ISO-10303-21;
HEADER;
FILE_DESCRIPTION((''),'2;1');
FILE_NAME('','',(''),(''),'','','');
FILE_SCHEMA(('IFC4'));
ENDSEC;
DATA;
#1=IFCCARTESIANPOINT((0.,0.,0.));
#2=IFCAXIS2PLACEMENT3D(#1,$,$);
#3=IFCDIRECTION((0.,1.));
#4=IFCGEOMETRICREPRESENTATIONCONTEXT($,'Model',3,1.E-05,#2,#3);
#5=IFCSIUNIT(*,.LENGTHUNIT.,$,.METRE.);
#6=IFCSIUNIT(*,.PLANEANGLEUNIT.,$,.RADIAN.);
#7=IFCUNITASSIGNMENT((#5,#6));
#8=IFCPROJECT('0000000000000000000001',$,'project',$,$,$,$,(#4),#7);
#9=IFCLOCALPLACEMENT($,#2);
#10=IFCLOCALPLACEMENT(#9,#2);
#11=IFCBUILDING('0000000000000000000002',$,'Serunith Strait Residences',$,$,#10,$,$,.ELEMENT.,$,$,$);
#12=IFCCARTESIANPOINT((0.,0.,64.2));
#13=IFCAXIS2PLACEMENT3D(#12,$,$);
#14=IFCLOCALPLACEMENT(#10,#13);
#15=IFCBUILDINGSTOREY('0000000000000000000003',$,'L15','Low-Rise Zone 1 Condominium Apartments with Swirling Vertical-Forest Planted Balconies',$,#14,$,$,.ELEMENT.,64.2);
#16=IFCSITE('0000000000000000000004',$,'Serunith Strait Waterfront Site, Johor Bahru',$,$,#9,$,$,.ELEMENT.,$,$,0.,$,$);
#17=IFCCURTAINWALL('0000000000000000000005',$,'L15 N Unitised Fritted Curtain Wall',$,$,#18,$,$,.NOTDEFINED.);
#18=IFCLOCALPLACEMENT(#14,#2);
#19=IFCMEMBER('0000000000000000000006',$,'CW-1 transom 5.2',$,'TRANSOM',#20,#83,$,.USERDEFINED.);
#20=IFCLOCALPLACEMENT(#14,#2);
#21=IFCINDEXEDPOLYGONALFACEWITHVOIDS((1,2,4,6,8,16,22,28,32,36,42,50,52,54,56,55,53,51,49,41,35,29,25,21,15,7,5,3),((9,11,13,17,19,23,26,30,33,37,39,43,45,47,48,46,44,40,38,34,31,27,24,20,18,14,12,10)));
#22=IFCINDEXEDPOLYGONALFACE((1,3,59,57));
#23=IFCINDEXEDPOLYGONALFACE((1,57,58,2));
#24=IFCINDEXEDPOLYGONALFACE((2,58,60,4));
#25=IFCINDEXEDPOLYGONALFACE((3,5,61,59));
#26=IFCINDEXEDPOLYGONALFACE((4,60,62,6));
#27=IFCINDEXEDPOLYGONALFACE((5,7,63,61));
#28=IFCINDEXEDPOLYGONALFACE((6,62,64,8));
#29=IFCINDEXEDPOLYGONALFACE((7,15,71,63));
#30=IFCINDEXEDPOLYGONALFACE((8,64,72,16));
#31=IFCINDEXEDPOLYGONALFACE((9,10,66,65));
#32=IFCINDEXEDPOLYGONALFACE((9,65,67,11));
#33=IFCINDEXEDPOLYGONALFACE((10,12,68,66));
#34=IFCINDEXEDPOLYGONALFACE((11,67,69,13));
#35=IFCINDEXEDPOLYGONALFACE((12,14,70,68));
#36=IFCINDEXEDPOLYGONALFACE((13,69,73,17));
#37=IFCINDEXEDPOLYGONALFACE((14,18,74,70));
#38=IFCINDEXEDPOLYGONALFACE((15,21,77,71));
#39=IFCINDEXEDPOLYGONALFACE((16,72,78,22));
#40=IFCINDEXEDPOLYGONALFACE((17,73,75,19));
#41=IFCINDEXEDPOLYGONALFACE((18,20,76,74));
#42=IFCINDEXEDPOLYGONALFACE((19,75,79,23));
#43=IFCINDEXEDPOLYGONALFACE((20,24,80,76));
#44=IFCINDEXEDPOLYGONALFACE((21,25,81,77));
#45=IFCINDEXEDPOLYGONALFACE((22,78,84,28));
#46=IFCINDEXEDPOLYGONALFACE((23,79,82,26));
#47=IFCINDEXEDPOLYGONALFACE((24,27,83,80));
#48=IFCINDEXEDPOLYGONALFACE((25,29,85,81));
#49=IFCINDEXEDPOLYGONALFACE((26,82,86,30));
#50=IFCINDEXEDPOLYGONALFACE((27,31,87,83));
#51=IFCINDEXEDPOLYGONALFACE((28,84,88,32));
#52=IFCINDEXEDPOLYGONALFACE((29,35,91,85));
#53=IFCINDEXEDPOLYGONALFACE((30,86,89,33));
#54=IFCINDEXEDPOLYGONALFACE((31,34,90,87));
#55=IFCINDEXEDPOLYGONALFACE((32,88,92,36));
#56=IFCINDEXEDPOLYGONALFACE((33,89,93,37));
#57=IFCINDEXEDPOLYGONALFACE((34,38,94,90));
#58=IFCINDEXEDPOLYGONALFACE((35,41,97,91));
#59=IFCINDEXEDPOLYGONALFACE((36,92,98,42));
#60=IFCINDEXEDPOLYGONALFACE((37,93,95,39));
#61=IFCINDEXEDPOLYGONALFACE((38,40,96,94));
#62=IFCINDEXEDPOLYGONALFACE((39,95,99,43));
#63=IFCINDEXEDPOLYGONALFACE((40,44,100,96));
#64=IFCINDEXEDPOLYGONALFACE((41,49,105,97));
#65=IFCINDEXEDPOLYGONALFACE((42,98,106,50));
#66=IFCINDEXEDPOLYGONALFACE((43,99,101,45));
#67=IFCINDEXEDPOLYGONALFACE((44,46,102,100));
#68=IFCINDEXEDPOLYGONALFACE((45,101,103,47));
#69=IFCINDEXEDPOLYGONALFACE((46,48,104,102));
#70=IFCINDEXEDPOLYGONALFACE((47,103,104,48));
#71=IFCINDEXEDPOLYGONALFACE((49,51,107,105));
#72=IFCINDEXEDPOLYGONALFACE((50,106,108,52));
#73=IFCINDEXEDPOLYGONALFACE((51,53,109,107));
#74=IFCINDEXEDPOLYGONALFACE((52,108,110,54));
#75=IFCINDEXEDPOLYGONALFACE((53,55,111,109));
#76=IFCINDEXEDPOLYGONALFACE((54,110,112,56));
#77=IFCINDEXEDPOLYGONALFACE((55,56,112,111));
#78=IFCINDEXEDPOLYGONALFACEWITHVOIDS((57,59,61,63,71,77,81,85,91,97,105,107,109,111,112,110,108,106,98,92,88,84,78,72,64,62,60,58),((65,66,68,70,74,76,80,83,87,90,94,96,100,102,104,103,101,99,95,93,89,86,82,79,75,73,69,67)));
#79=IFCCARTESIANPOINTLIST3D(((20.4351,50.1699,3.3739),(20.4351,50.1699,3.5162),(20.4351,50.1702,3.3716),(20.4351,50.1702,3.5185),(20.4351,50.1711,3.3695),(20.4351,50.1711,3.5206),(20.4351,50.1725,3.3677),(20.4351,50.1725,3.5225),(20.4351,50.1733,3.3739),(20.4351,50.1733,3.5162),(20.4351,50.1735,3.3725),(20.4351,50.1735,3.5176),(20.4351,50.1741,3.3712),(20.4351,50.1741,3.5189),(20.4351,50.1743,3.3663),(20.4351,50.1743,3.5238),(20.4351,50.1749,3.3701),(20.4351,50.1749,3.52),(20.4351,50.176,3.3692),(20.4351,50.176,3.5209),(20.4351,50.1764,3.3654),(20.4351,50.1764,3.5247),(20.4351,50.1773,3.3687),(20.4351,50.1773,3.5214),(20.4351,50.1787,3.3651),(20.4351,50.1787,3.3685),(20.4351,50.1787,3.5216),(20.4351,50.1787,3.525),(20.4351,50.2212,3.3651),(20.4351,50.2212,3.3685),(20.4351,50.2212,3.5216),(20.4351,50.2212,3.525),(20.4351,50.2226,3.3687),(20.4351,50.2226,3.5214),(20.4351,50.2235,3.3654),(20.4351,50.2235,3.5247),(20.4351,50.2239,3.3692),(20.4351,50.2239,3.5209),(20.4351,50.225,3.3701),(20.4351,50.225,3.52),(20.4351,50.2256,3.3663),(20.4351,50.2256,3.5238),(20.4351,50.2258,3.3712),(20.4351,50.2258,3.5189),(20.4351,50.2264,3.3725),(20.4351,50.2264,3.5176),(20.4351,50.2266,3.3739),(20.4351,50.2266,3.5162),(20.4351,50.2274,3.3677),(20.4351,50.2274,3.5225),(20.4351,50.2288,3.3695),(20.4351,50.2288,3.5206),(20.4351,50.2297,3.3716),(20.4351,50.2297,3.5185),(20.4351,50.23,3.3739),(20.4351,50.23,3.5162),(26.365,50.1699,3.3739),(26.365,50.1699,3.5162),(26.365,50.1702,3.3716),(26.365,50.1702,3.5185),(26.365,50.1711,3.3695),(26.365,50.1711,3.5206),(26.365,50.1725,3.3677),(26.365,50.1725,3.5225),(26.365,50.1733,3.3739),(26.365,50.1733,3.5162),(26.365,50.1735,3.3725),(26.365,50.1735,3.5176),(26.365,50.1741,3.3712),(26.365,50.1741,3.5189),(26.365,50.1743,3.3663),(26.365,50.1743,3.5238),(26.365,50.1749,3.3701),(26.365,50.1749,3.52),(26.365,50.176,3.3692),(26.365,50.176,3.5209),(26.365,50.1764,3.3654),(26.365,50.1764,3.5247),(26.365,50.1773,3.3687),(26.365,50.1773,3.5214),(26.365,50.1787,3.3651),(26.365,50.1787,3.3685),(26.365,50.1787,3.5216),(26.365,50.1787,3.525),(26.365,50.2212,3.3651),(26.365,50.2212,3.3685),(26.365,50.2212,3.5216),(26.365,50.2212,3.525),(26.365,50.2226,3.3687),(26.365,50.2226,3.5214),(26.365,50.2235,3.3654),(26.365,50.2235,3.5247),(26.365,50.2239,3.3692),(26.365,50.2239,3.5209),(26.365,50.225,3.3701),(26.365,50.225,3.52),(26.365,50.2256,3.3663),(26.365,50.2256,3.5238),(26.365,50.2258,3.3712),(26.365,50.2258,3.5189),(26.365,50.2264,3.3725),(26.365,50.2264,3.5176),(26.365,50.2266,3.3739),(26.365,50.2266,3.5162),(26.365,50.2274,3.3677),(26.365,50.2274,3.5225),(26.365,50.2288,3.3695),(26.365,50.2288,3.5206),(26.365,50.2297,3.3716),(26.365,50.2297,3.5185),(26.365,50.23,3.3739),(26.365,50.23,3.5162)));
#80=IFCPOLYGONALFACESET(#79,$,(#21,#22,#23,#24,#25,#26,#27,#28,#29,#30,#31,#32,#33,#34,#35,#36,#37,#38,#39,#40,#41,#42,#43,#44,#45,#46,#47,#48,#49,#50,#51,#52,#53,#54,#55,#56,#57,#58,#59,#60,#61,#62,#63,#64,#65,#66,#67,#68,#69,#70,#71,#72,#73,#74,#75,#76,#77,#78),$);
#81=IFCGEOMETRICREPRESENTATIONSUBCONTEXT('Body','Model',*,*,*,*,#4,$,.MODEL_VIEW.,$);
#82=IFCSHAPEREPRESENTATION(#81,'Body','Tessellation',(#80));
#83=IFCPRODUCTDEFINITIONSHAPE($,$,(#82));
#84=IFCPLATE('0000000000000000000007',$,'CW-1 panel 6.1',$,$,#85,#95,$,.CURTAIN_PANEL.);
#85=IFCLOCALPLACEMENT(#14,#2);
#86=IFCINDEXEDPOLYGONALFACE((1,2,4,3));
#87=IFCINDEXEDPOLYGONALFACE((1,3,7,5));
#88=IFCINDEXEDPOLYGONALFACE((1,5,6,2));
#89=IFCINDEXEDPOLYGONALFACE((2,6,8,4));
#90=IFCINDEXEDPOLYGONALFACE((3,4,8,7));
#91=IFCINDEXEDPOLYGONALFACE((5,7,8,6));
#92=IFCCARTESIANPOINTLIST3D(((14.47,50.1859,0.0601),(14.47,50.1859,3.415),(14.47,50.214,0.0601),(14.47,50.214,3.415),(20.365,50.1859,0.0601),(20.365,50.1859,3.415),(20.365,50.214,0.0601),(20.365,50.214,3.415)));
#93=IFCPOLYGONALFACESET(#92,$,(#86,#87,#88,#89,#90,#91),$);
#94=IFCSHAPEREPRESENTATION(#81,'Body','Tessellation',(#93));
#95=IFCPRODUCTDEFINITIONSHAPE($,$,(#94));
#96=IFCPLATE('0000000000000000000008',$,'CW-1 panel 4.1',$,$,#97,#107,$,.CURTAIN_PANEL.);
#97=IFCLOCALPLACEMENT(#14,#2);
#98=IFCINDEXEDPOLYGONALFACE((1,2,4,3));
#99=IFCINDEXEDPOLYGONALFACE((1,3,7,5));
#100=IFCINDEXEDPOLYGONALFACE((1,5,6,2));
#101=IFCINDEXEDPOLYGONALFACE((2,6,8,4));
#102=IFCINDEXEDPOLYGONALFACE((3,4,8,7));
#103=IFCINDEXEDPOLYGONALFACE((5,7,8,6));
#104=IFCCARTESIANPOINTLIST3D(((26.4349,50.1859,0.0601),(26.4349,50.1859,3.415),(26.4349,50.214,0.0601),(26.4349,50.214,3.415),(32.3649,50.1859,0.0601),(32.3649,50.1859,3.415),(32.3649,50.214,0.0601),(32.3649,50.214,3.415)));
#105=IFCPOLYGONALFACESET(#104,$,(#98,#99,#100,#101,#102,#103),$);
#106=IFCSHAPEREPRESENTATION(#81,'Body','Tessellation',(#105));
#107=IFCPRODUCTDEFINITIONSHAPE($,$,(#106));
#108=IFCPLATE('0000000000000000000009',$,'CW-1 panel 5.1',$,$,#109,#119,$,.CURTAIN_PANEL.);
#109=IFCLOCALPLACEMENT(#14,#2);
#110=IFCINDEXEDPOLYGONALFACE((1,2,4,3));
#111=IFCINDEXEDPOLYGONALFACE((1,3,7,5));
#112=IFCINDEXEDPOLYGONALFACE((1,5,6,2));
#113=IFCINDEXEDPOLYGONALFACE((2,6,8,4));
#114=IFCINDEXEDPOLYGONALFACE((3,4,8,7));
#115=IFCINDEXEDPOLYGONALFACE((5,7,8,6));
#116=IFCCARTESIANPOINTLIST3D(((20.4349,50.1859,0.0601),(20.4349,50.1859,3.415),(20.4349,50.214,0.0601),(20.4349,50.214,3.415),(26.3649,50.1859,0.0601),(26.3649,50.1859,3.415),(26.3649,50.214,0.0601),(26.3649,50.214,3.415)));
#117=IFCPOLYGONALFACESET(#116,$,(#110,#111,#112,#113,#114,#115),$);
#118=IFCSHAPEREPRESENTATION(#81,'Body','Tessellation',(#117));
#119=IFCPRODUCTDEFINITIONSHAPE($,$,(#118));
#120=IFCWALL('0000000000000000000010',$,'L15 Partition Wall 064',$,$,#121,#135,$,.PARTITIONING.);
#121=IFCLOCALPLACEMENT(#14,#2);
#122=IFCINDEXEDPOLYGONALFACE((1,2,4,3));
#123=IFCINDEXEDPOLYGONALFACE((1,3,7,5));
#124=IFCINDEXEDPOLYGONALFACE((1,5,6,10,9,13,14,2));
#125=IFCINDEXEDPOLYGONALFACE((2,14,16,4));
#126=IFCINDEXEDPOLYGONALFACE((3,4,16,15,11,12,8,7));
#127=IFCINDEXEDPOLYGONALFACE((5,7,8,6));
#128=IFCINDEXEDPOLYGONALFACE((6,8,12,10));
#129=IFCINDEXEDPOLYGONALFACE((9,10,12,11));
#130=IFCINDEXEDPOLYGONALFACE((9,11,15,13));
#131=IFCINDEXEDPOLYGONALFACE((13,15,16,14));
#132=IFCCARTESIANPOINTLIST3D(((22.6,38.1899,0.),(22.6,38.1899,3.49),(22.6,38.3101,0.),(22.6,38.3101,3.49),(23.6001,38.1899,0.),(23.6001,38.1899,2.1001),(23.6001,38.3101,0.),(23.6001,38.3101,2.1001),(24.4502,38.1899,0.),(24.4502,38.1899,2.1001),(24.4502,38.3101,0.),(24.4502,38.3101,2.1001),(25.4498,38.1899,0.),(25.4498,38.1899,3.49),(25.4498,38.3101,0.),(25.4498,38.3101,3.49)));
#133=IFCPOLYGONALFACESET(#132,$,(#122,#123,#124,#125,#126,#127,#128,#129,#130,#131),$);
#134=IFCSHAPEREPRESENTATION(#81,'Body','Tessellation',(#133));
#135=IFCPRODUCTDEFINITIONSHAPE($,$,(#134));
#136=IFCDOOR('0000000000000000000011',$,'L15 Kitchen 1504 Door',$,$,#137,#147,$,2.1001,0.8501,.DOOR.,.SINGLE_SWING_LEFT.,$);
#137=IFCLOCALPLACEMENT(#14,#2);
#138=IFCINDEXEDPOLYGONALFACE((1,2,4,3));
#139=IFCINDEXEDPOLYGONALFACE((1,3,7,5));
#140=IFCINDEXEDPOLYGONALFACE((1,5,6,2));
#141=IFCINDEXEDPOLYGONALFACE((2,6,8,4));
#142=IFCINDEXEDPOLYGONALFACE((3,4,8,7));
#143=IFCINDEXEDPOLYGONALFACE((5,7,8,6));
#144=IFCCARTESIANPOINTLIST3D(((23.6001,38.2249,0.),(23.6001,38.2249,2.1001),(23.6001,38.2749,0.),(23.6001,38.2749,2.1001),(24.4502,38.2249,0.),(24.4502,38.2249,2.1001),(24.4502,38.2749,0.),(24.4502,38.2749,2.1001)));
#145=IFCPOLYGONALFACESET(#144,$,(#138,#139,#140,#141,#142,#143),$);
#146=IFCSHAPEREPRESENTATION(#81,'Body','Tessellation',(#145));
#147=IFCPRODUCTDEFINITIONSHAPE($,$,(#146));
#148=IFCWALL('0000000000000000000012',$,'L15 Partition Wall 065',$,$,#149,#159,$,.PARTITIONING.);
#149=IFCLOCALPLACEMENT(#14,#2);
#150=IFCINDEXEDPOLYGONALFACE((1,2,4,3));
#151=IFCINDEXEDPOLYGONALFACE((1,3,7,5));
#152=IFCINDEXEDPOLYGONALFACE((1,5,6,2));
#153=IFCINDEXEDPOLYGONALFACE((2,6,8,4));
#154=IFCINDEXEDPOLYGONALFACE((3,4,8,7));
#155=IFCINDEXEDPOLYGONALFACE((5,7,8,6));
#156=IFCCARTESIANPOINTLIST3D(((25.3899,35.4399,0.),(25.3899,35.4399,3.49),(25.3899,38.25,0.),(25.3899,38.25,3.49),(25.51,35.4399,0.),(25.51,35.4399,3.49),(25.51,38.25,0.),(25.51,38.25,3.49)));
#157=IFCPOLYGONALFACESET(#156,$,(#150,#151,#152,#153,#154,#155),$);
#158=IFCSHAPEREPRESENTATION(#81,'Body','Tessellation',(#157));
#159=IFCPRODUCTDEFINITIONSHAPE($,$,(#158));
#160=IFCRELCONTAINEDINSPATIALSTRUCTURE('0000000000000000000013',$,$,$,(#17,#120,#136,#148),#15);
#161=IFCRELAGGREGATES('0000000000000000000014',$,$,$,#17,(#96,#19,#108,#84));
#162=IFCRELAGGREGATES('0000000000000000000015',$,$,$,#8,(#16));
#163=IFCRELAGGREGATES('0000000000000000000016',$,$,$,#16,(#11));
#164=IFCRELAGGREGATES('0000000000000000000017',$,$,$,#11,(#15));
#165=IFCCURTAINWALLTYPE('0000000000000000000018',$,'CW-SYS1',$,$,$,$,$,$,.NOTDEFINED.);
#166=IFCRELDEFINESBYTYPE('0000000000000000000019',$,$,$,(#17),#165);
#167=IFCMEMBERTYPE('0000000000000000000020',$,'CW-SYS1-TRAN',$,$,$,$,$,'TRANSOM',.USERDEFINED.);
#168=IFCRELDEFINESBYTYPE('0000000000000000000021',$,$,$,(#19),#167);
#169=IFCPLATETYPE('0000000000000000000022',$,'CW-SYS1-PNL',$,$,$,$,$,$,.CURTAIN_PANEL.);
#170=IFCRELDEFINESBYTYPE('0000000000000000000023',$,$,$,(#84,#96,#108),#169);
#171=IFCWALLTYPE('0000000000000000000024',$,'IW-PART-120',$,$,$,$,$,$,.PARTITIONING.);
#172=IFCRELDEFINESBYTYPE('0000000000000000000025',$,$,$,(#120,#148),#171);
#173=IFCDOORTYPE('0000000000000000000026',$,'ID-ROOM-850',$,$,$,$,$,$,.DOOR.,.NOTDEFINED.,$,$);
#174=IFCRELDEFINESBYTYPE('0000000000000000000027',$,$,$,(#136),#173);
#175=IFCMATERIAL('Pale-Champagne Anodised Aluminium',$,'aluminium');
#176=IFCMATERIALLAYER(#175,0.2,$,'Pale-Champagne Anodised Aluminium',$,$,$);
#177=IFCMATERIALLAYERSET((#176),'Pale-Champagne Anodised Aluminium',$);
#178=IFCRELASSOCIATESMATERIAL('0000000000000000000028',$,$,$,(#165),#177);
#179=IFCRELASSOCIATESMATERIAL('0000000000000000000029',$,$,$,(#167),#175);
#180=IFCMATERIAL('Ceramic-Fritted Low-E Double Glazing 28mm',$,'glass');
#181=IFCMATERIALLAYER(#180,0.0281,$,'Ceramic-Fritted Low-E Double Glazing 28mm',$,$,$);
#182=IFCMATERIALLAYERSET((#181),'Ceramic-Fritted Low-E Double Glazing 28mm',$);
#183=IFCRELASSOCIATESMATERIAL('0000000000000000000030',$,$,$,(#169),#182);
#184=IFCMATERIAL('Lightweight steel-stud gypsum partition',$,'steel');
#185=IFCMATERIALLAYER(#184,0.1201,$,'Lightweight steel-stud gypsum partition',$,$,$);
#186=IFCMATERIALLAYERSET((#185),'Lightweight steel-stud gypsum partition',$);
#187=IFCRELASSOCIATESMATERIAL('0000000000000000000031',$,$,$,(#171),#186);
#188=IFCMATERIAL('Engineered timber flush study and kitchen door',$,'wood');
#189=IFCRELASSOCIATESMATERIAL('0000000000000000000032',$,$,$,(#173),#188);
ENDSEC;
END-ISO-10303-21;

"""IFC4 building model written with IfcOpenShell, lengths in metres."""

from ifc_helpers import new_model, si_unit, direction, frame, frame_2d, origin, origin_2d, place, context, subcontext, project, spatial, rectangle, hollow_rectangle, extrude, source, transform, mapped, material, layer, layer_set, material_profile, profile_set, type_object, element, fill, aggregate, save


model = new_model("IFC4")

# Units and contexts
model_context = context("Model", 3, precision=1e-05, world=origin(), true_north=direction((0.0, 1.0)))
body_context = subcontext(model_context, "Body", "Model", "MODEL_VIEW")
ifc_project = project(units=[si_unit("LENGTHUNIT", "METRE"), si_unit("PLANEANGLEUNIT", "RADIAN")], contexts=[model_context])

# Site, building, storey
site_placement = place(None, origin())
site = spatial("IfcSite", under=ifc_project, at=site_placement, Name="Serunith Strait Waterfront Site, Johor Bahru", CompositionType="ELEMENT", RefElevation=0.0)
building_placement = place(site_placement, origin())
building = spatial("IfcBuilding", under=site, at=building_placement, Name="Serunith Strait Residences", CompositionType="ELEMENT")
storey_placement = place(building_placement, frame((0.0, 0.0, 64.2)))
storey = spatial("IfcBuildingStorey", under=building, at=storey_placement, Name="L15", Description="Low-Rise Zone 1 Condominium Apartments with Swirling Vertical-Forest Planted Balconies", CompositionType="ELEMENT", Elevation=64.2)

# Curtain wall, member, plates
ifc_material_1 = material(Name="Pale-Champagne Anodised Aluminium", Category="aluminium")
ifc_layer_1 = layer(ifc_material_1, 0.2, Name="Pale-Champagne Anodised Aluminium")
ifc_layer_set_1 = layer_set([ifc_layer_1], Name="Pale-Champagne Anodised Aluminium")
curtain_wall_type = type_object("IfcCurtainWallType", Name="CW-SYS1", PredefinedType="NOTDEFINED", material=ifc_layer_set_1)
curtain_wall_placement = place(storey_placement, origin())
curtain_wall = element("IfcCurtainWall", 1, at=curtain_wall_placement, inside=storey, type_object=curtain_wall_type, Name="L15 N Unitised Fritted Curtain Wall", PredefinedType="NOTDEFINED")
ifc_material_profile_1 = material_profile(ifc_material_1, hollow_rectangle(XDim=0.0601, YDim=0.1599, WallThickness=0.0034, InnerFilletRadius=0.0054, OuterFilletRadius=0.0088, at=origin_2d()), Name="ALU 160x60x3.5")
ifc_profile_set_1 = profile_set([ifc_material_profile_1], Name="Pale-Champagne Anodised Aluminium")
member_type_1 = type_object("IfcMemberType", Name="CW-SYS1-TRAN", ElementType="TRANSOM", PredefinedType="USERDEFINED", material=ifc_profile_set_1)
shared_shape_1 = source(origin(), body_context, "Body", "SweptSolid", [
    extrude(hollow_rectangle(XDim=0.0601, YDim=0.1599, WallThickness=0.0034, InnerFilletRadius=0.0054, OuterFilletRadius=0.0088, at=origin_2d()), origin(), (0.0, 0.0, 1.0), 5.9299),
])
member_1_placement = place(storey_placement, frame((26.365, 50.2, 3.4451), z_axis=(-1.0, 0.0, 0.0), x_axis=(0.0, -1.0, 0.0)))
member_1 = element("IfcMember", 2, at=member_1_placement, type_object=member_type_1, Name="CW-1 transom 5.2", ObjectType="TRANSOM", PredefinedType="USERDEFINED", context=body_context, shape_type="MappedRepresentation", body=[
    mapped(shared_shape_1, transform((0.0, 0.0, 0.0), scale=1.0)),
])
ifc_material_2 = material(Name="Ceramic-Fritted Low-E Double Glazing 28mm", Category="glass")
ifc_layer_2 = layer(ifc_material_2, 0.0281, Name="Ceramic-Fritted Low-E Double Glazing 28mm")
ifc_layer_set_2 = layer_set([ifc_layer_2], Name="Ceramic-Fritted Low-E Double Glazing 28mm")
plate_type = type_object("IfcPlateType", Name="CW-SYS1-PNL", PredefinedType="CURTAIN_PANEL", material=ifc_layer_set_2)
shared_shape_2 = source(origin(), body_context, "Body", "SweptSolid", [
    extrude(rectangle(XDim=5.895, YDim=0.0281, at=origin_2d()), origin(), (0.0, 0.0, 1.0), 3.355),
])
plate_1_placement = place(storey_placement, frame((17.4175, 50.2, 0.0601), z_axis=(0.0, 0.0, 1.0), x_axis=(-1.0, 0.0, 0.0)))
plate_1 = element("IfcPlate", 3, at=plate_1_placement, type_object=plate_type, Name="CW-1 panel 6.1", PredefinedType="CURTAIN_PANEL", context=body_context, shape_type="MappedRepresentation", body=[
    mapped(shared_shape_2, transform((0.0, 0.0, 0.0), scale=1.0)),
])
shared_shape_3 = source(origin(), body_context, "Body", "SweptSolid", [
    extrude(rectangle(XDim=5.9299, YDim=0.0281, at=origin_2d()), origin(), (0.0, 0.0, 1.0), 3.355),
])
plate_2_placement = place(storey_placement, frame((29.3999, 50.2, 0.0601), z_axis=(0.0, 0.0, 1.0), x_axis=(-1.0, 0.0, 0.0)))
plate_2 = element("IfcPlate", 4, at=plate_2_placement, type_object=plate_type, Name="CW-1 panel 4.1", PredefinedType="CURTAIN_PANEL", context=body_context, shape_type="MappedRepresentation", body=[
    mapped(shared_shape_3, transform((0.0, 0.0, 0.0), scale=1.0)),
])
plate_3_placement = place(storey_placement, frame((23.3999, 50.2, 0.0601), z_axis=(0.0, 0.0, 1.0), x_axis=(-1.0, 0.0, 0.0)))
plate_3 = element("IfcPlate", 5, at=plate_3_placement, type_object=plate_type, Name="CW-1 panel 5.1", PredefinedType="CURTAIN_PANEL", context=body_context, shape_type="MappedRepresentation", body=[
    mapped(shared_shape_3, transform((0.0, 0.0, 0.0), scale=1.0)),
])
aggregate(curtain_wall, [plate_2, member_1, plate_3, plate_1])

# Wall, opening, door
ifc_material_3 = material(Name="Lightweight steel-stud gypsum partition", Category="steel")
ifc_layer_3 = layer(ifc_material_3, 0.1201, Name="Lightweight steel-stud gypsum partition")
ifc_layer_set_3 = layer_set([ifc_layer_3], Name="Lightweight steel-stud gypsum partition")
wall_type = type_object("IfcWallType", Name="IW-PART-120", PredefinedType="PARTITIONING", material=ifc_layer_set_3)
wall_1_placement = place(storey_placement, frame((22.6001, 38.25, 0.0), z_axis=(0.0, 0.0, 1.0), x_axis=(1.0, 0.0, 0.0)))
wall_1 = element("IfcWall", 6, at=wall_1_placement, inside=storey, type_object=wall_type, Name="L15 Partition Wall 064", PredefinedType="PARTITIONING", context=body_context, shape_type="SweptSolid", body=[
    extrude(rectangle(XDim=2.8499, YDim=0.1201, at=frame_2d((1.4248, 0.0))), origin(), (0.0, 0.0, 1.0), 3.49),
])
opening_1_placement = place(wall_1_placement, frame((1.0, 0.0, 0.0)))
opening_1 = element("IfcOpeningElement", 7, at=opening_1_placement, cuts=wall_1, PredefinedType="OPENING", context=body_context, shape_type="SweptSolid", body=[
    extrude(rectangle(XDim=0.8501, YDim=2.1001, at=frame_2d((0.425, 1.05))), frame((0.0, 0.0701, 0.0), z_axis=(0.0, -1.0, 0.0), x_axis=(1.0, 0.0, 0.0)), (0.0, 0.0, 1.0), 0.1401),
])
ifc_material_4 = material(Name="Engineered timber flush study and kitchen door", Category="wood")
door_type_1 = type_object("IfcDoorType", Name="ID-ROOM-850", OperationType="NOTDEFINED", PredefinedType="DOOR", material=ifc_material_4)
shared_shape_4 = source(origin(), body_context, "Body", "SweptSolid", [
    extrude(rectangle(XDim=0.8501, YDim=2.1001, at=frame_2d((0.425, 1.05))), frame((0.0, 0.0249, 0.0), z_axis=(0.0, -1.0, 0.0), x_axis=(1.0, 0.0, 0.0)), (0.0, 0.0, 1.0), 0.05),
])
door_1_placement = place(opening_1_placement, origin())
door_1 = element("IfcDoor", 8, at=door_1_placement, inside=storey, type_object=door_type_1, Name="L15 Kitchen 1504 Door", OperationType="SINGLE_SWING_LEFT", OverallHeight=2.1001, OverallWidth=0.8501, PredefinedType="DOOR", context=body_context, shape_type="MappedRepresentation", body=[
    mapped(shared_shape_4, transform((0.0, 0.0, 0.0), scale=1.0)),
])
fill(opening_1, door_1)

# Wall
wall_2_placement = place(storey_placement, frame((25.45, 38.25, 0.0), z_axis=(0.0, 0.0, 1.0), x_axis=(0.0, -1.0, 0.0)))
element("IfcWall", 9, at=wall_2_placement, inside=storey, type_object=wall_type, Name="L15 Partition Wall 065", PredefinedType="PARTITIONING", context=body_context, shape_type="SweptSolid", body=[
    extrude(rectangle(XDim=2.8101, YDim=0.1201, at=frame_2d((1.405, 0.0))), origin(), (0.0, 0.0, 1.0), 3.49),
])

save(model, "model.ifc")
